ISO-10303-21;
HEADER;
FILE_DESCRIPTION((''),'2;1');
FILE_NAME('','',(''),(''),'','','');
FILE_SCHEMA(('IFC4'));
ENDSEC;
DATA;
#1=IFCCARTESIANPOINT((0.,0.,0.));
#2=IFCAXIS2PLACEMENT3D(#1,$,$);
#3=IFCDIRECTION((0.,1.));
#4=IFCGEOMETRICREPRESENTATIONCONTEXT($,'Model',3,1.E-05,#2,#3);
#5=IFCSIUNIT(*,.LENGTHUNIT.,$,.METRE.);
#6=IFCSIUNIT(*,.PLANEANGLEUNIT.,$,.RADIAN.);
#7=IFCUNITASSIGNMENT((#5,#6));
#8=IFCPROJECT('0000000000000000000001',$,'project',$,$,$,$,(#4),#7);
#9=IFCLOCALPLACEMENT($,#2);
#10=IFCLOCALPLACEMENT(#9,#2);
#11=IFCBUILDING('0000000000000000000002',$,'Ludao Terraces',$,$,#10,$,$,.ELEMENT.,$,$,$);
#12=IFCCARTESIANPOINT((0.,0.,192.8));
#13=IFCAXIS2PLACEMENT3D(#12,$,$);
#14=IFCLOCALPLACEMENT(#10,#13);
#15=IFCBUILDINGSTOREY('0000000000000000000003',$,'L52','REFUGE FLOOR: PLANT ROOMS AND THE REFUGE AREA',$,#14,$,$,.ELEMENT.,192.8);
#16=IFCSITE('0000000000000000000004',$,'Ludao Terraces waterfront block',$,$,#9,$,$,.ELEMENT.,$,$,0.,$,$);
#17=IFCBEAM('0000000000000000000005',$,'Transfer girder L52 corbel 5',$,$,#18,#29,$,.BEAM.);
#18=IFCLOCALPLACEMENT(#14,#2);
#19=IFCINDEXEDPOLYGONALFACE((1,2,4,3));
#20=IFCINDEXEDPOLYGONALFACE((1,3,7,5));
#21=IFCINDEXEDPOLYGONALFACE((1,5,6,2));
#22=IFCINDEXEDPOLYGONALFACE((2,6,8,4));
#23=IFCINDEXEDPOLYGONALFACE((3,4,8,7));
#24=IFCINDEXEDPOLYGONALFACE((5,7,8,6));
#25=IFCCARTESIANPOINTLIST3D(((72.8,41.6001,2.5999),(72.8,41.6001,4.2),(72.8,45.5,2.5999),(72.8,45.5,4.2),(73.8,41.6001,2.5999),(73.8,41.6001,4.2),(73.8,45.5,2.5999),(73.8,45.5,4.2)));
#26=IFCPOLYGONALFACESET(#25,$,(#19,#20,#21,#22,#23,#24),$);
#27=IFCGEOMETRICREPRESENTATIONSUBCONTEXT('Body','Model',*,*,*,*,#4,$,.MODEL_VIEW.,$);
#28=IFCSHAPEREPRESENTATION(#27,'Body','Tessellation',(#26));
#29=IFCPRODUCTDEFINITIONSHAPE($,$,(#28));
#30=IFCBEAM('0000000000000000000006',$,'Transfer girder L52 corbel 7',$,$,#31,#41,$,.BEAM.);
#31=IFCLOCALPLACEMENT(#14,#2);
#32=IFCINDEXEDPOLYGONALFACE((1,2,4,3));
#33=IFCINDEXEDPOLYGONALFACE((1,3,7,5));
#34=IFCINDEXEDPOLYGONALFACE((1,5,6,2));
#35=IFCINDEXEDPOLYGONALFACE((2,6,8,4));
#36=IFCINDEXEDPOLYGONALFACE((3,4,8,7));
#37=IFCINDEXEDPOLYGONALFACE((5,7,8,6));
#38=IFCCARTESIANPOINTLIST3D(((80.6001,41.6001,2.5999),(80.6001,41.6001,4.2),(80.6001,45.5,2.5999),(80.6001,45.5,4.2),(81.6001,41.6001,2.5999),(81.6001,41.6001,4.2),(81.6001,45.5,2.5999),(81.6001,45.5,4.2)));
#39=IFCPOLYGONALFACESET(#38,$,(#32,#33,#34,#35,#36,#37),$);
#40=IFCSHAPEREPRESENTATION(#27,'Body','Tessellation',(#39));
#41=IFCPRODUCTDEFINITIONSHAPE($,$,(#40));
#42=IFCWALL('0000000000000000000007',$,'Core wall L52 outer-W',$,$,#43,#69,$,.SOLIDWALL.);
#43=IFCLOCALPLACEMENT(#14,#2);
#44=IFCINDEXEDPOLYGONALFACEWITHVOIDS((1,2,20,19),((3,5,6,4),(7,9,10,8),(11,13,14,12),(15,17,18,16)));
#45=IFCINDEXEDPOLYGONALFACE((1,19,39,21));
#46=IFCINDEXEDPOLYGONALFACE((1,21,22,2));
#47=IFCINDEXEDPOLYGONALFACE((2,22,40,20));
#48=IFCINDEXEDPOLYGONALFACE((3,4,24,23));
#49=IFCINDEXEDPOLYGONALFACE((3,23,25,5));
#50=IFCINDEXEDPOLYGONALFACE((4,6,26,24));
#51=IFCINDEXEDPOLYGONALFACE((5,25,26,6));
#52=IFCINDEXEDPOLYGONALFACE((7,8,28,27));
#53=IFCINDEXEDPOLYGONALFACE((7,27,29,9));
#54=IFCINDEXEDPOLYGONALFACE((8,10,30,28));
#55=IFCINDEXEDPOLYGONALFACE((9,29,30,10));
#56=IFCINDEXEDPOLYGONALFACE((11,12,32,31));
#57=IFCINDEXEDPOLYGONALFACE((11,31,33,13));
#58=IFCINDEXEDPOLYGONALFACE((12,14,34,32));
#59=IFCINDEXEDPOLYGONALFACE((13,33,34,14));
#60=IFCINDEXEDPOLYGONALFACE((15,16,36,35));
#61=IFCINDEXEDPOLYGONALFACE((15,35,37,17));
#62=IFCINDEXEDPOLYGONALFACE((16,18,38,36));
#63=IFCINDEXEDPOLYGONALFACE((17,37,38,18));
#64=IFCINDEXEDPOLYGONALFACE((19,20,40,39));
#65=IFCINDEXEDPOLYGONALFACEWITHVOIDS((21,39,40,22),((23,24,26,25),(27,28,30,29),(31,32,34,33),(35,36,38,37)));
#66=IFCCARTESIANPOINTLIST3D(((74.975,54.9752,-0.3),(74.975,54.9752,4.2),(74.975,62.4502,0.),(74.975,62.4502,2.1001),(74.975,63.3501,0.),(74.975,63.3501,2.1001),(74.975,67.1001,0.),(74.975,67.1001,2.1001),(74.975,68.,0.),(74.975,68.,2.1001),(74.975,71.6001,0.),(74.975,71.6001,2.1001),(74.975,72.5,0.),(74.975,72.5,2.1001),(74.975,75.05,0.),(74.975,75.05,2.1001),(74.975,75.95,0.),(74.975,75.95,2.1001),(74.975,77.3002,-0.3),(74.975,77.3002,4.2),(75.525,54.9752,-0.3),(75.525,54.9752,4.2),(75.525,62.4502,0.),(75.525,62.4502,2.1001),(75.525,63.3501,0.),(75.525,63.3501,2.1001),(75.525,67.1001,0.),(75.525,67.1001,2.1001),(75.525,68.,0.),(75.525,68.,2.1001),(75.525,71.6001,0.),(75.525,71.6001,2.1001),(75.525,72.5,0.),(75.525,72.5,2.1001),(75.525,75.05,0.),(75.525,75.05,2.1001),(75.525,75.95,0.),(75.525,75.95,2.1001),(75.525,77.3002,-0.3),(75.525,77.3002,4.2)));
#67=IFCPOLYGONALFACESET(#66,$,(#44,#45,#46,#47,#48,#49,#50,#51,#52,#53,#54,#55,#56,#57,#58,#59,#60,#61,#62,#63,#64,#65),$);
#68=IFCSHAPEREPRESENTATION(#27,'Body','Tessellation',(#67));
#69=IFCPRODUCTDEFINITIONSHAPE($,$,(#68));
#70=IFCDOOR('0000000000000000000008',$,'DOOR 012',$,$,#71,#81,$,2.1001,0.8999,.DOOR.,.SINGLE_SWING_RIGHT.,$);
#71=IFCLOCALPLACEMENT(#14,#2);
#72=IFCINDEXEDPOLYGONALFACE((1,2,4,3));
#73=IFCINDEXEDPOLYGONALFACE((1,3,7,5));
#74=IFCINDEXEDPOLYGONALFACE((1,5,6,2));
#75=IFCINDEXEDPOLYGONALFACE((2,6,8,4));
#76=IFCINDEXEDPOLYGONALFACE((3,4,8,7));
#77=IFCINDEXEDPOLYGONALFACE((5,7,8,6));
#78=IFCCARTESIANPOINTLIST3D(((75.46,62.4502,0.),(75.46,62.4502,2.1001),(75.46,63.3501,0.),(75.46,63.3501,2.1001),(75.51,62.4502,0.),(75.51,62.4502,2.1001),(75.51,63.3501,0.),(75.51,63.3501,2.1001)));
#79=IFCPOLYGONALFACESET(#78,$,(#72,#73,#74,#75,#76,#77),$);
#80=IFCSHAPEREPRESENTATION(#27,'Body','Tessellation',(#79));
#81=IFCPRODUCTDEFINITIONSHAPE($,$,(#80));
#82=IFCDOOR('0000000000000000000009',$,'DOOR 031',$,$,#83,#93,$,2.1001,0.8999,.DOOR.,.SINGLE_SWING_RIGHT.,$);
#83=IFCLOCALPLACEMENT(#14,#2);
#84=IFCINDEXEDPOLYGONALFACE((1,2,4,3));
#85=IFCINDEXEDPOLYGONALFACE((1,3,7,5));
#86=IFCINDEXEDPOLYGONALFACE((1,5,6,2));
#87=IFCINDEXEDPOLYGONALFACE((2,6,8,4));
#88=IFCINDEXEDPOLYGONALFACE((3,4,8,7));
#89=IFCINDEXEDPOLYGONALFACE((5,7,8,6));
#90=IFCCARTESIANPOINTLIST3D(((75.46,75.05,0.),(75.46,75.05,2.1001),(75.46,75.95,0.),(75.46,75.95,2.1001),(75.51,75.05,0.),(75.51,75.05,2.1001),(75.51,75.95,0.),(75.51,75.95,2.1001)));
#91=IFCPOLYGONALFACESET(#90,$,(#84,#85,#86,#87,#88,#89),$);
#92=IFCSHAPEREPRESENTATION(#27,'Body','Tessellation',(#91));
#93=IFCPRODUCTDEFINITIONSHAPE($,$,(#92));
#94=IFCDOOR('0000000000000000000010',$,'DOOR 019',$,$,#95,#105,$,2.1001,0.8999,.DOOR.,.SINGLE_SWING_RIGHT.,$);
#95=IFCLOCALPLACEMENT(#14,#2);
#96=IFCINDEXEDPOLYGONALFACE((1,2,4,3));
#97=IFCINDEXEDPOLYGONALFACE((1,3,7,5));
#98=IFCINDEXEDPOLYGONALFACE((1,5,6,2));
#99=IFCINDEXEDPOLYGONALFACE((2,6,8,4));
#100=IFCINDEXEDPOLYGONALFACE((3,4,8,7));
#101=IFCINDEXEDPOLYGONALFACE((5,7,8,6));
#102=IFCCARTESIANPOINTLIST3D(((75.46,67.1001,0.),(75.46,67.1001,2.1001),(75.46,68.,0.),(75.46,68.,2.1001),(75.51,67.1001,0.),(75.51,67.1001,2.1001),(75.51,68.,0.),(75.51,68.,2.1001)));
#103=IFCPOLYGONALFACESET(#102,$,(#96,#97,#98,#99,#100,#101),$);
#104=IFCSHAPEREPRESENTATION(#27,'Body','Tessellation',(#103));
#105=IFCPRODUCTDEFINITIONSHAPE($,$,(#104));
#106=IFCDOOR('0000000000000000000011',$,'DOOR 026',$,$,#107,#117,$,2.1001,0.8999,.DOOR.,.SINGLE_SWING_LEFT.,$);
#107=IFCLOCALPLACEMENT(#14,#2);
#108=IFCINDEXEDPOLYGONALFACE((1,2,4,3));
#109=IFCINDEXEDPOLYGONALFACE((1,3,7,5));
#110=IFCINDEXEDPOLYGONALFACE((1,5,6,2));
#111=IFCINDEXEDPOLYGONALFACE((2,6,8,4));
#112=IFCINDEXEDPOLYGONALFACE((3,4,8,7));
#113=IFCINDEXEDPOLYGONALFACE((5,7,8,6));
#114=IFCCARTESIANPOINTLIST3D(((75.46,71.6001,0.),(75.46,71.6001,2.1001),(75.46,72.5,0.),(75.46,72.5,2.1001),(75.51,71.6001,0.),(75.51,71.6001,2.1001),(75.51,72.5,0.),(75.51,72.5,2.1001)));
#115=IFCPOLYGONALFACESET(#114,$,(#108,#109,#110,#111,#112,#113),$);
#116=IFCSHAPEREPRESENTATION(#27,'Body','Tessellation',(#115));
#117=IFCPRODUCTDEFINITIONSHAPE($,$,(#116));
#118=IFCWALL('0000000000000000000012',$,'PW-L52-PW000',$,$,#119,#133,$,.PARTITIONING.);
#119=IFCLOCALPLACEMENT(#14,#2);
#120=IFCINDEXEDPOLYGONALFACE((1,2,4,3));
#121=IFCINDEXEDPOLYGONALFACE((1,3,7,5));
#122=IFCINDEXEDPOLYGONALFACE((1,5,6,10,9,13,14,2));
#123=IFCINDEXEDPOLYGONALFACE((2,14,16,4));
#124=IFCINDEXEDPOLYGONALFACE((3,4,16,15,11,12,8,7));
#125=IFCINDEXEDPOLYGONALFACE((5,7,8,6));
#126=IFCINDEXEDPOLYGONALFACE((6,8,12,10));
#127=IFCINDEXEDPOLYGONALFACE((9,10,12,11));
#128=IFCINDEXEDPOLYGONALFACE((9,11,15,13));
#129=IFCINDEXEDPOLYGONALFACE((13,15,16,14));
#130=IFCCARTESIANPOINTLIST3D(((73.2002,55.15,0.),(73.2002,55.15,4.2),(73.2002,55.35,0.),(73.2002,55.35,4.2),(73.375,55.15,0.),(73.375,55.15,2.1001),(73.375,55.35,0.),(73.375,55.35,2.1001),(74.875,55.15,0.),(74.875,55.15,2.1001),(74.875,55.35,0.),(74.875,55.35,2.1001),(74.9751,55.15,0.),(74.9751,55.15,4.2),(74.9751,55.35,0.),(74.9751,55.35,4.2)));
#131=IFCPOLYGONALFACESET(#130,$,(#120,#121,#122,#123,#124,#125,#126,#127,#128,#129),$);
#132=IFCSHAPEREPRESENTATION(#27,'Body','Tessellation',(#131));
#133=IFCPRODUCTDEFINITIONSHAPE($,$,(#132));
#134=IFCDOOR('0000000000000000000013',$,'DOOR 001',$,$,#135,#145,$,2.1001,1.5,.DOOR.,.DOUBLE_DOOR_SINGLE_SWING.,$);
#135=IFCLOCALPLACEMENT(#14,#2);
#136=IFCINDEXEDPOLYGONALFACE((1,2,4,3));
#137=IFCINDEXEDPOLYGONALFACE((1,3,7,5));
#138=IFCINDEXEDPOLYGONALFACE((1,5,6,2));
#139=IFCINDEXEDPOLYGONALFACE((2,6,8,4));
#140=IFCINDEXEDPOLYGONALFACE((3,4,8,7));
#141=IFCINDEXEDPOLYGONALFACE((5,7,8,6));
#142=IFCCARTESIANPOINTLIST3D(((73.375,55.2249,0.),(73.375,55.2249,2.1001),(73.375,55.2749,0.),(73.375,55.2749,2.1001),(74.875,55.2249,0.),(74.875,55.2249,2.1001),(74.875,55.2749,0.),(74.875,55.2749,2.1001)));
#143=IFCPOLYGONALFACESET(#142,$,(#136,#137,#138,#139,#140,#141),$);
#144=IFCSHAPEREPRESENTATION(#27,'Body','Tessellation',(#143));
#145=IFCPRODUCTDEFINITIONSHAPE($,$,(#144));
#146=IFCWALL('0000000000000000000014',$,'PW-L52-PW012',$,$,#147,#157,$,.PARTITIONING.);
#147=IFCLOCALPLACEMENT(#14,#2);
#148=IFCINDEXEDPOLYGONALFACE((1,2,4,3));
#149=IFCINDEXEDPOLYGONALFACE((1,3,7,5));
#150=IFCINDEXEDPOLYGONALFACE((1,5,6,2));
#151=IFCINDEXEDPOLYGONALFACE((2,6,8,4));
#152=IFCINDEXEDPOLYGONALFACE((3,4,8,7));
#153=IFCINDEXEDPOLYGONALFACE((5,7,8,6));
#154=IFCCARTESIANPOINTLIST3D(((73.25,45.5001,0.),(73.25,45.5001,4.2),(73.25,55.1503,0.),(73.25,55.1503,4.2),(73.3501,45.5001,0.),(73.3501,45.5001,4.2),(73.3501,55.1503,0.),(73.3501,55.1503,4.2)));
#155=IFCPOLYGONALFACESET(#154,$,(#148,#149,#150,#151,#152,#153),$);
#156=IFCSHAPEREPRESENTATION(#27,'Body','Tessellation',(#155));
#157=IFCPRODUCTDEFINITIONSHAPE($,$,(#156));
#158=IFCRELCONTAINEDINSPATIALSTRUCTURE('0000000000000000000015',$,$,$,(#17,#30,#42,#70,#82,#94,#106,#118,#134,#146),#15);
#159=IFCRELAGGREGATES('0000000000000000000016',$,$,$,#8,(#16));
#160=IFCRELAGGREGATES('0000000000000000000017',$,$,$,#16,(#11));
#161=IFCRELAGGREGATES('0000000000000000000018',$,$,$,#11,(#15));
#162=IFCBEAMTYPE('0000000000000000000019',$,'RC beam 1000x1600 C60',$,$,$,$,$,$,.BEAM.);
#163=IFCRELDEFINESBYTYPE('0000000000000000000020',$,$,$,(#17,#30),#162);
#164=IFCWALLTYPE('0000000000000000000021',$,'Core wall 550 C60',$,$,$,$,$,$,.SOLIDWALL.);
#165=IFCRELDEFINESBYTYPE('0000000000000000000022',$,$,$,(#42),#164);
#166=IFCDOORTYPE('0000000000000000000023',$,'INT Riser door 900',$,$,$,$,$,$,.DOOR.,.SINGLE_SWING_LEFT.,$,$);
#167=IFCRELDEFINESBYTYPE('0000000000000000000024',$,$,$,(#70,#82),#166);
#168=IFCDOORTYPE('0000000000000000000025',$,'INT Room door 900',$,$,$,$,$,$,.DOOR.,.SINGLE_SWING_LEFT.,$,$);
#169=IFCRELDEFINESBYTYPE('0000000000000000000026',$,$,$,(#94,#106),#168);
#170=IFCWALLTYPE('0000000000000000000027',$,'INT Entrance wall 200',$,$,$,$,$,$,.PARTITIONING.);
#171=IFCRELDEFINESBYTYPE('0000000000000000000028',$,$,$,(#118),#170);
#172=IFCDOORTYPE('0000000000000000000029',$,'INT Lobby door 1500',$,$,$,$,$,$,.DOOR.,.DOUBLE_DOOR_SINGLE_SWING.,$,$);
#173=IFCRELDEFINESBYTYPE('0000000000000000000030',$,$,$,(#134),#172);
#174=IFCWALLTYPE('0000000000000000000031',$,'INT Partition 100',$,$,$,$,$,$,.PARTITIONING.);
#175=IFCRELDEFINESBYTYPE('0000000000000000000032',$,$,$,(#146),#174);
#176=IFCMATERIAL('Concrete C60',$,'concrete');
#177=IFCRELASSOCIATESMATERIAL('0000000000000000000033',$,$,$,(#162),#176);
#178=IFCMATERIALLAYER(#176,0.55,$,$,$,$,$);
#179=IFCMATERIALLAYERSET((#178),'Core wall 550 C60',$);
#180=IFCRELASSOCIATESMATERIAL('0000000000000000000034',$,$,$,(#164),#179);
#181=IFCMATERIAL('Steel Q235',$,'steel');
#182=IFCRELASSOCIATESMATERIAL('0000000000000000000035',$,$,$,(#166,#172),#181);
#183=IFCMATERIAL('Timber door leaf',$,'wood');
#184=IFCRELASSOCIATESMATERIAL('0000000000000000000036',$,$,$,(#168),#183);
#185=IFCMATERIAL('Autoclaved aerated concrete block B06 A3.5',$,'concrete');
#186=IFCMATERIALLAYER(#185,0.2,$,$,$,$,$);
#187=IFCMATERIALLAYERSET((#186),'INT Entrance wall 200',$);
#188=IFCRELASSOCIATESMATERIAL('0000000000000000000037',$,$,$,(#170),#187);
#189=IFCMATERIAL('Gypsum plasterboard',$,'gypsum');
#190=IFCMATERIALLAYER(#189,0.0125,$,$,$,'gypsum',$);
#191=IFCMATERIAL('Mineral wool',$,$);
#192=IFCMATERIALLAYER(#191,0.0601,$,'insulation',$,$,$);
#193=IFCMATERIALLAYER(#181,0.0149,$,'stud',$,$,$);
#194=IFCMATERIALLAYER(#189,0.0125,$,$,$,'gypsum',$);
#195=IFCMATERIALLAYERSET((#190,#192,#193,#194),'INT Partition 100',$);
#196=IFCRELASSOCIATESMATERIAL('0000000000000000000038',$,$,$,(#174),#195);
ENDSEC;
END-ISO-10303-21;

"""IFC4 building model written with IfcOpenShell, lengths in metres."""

from ifc_helpers import new_model, si_unit, direction, frame, frame_2d, origin, origin_2d, place, context, subcontext, project, spatial, rectangle, extrude, material, layer, layer_set, material_profile, profile_set, type_object, element, fill, save


model = new_model("IFC4")

# Units and contexts
model_context = context("Model", 3, precision=1e-05, world=origin(), true_north=direction((0.0, 1.0)))
body_context = subcontext(model_context, "Body", "Model", "MODEL_VIEW")
ifc_project = project(units=[si_unit("LENGTHUNIT", "METRE"), si_unit("PLANEANGLEUNIT", "RADIAN")], contexts=[model_context])

# Site, building, storey
site_placement = place(None, origin())
site = spatial("IfcSite", under=ifc_project, at=site_placement, Name="Ludao Terraces waterfront block", CompositionType="ELEMENT", RefElevation=0.0)
building_placement = place(site_placement, origin())
building = spatial("IfcBuilding", under=site, at=building_placement, Name="Ludao Terraces", CompositionType="ELEMENT")
storey_placement = place(building_placement, frame((0.0, 0.0, 192.8)))
storey = spatial("IfcBuildingStorey", under=building, at=storey_placement, Name="L52", Description="REFUGE FLOOR: PLANT ROOMS AND THE REFUGE AREA", CompositionType="ELEMENT", Elevation=192.8)

# Beams
ifc_material_1 = material(Name="Concrete C60", Category="concrete")
ifc_material_profile_1 = material_profile(ifc_material_1, rectangle(XDim=1.0, YDim=1.6001, at=origin_2d()), Name="1000 X 1600")
ifc_profile_set_1 = profile_set([ifc_material_profile_1], Name="Concrete C60")
beam_type = type_object("IfcBeamType", Name="RC beam 1000x1600 C60", PredefinedType="BEAM", material=ifc_profile_set_1)
for number, where, z_axis, x_axis, name in (
    (1, (73.3, 41.6001, 3.3999), (0.0, 1.0, 0.0), (-1.0, 0.0, 0.0), "Transfer girder L52 corbel 5"),
    (2, (81.1001, 41.6001, 3.3999), (0.0, 1.0, 0.0), (-1.0, 0.0, 0.0), "Transfer girder L52 corbel 7"),
):
    element("IfcBeam", number, at=place(storey_placement, frame(where, z_axis=z_axis, x_axis=x_axis)), inside=storey, type_object=beam_type, Name=name, PredefinedType="BEAM", context=body_context, shape_type="SweptSolid", body=[
        extrude(rectangle(XDim=1.0, YDim=1.6001, at=origin_2d()), origin(), (0.0, 0.0, 1.0), 3.8999),
    ])

# Wall, openings, doors
ifc_layer_1 = layer(ifc_material_1, 0.55)
ifc_layer_set_1 = layer_set([ifc_layer_1], Name="Core wall 550 C60")
wall_type_1 = type_object("IfcWallType", Name="Core wall 550 C60", PredefinedType="SOLIDWALL", material=ifc_layer_set_1)
wall_1_placement = place(storey_placement, frame((75.25, 54.9751, -0.3), z_axis=(0.0, 0.0, 1.0), x_axis=(0.0, 1.0, 0.0)))
wall_1 = element("IfcWall", 3, at=wall_1_placement, inside=storey, type_object=wall_type_1, Name="Core wall L52 outer-W", PredefinedType="SOLIDWALL", context=body_context, shape_type="SweptSolid", body=[
    extrude(rectangle(XDim=22.325, YDim=0.55, at=frame_2d((11.1626, 0.0))), origin(), (0.0, 0.0, 1.0), 4.5),
])
opening_1_placement = place(wall_1_placement, frame((7.4751, 0.0, 0.3)))
opening_1 = element("IfcOpeningElement", 4, at=opening_1_placement, cuts=wall_1, PredefinedType="OPENING", context=body_context, shape_type="SweptSolid", body=[
    extrude(rectangle(XDim=0.8999, YDim=2.1001, at=frame_2d((0.45, 1.05))), frame((0.0, 0.2852, 0.0), z_axis=(0.0, -1.0, 0.0), x_axis=(1.0, 0.0, 0.0)), (0.0, 0.0, 1.0), 0.5701),
])
opening_2_placement = place(wall_1_placement, frame((12.125, 0.0, 0.3)))
opening_2 = element("IfcOpeningElement", 5, at=opening_2_placement, cuts=wall_1, PredefinedType="OPENING", context=body_context, shape_type="SweptSolid", body=[
    extrude(rectangle(XDim=0.8999, YDim=2.1001, at=frame_2d((0.45, 1.05))), frame((0.0, 0.2852, 0.0), z_axis=(0.0, -1.0, 0.0), x_axis=(1.0, 0.0, 0.0)), (0.0, 0.0, 1.0), 0.5701),
])
opening_3_placement = place(wall_1_placement, frame((16.625, 0.0, 0.3)))
opening_3 = element("IfcOpeningElement", 6, at=opening_3_placement, cuts=wall_1, PredefinedType="OPENING", context=body_context, shape_type="SweptSolid", body=[
    extrude(rectangle(XDim=0.8999, YDim=2.1001, at=frame_2d((0.45, 1.05))), frame((0.0, 0.2852, 0.0), z_axis=(0.0, -1.0, 0.0), x_axis=(1.0, 0.0, 0.0)), (0.0, 0.0, 1.0), 0.5701),
])
opening_4_placement = place(wall_1_placement, frame((20.075, 0.0, 0.3)))
opening_4 = element("IfcOpeningElement", 7, at=opening_4_placement, cuts=wall_1, PredefinedType="OPENING", context=body_context, shape_type="SweptSolid", body=[
    extrude(rectangle(XDim=0.8999, YDim=2.1001, at=frame_2d((0.45, 1.05))), frame((0.0, 0.2852, 0.0), z_axis=(0.0, -1.0, 0.0), x_axis=(1.0, 0.0, 0.0)), (0.0, 0.0, 1.0), 0.5701),
])
ifc_material_2 = material(Name="Steel Q235", Category="steel")
door_type_1 = type_object("IfcDoorType", Name="INT Riser door 900", OperationType="SINGLE_SWING_LEFT", PredefinedType="DOOR", material=ifc_material_2)
door_1_placement = place(opening_1_placement, origin())
door_1 = element("IfcDoor", 8, at=door_1_placement, inside=storey, type_object=door_type_1, Name="DOOR 012", OperationType="SINGLE_SWING_RIGHT", OverallHeight=2.1001, OverallWidth=0.8999, PredefinedType="DOOR", context=body_context, shape_type="SweptSolid", body=[
    extrude(rectangle(XDim=0.8999, YDim=2.1001, at=frame_2d((0.45, 1.05))), frame((0.0, -0.21, 0.0), z_axis=(0.0, -1.0, 0.0), x_axis=(1.0, 0.0, 0.0)), (0.0, 0.0, 1.0), 0.05),
])
fill(opening_1, door_1)
door_2_placement = place(opening_4_placement, origin())
door_2 = element("IfcDoor", 9, at=door_2_placement, inside=storey, type_object=door_type_1, Name="DOOR 031", OperationType="SINGLE_SWING_RIGHT", OverallHeight=2.1001, OverallWidth=0.8999, PredefinedType="DOOR", context=body_context, shape_type="SweptSolid", body=[
    extrude(rectangle(XDim=0.8999, YDim=2.1001, at=frame_2d((0.45, 1.05))), frame((0.0, -0.21, 0.0), z_axis=(0.0, -1.0, 0.0), x_axis=(1.0, 0.0, 0.0)), (0.0, 0.0, 1.0), 0.05),
])
fill(opening_4, door_2)
ifc_material_3 = material(Name="Timber door leaf", Category="wood")
door_type_2 = type_object("IfcDoorType", Name="INT Room door 900", OperationType="SINGLE_SWING_LEFT", PredefinedType="DOOR", material=ifc_material_3)
door_3_placement = place(opening_2_placement, origin())
door_3 = element("IfcDoor", 10, at=door_3_placement, inside=storey, type_object=door_type_2, Name="DOOR 019", OperationType="SINGLE_SWING_RIGHT", OverallHeight=2.1001, OverallWidth=0.8999, PredefinedType="DOOR", context=body_context, shape_type="SweptSolid", body=[
    extrude(rectangle(XDim=0.8999, YDim=2.1001, at=frame_2d((0.45, 1.05))), frame((0.0, -0.21, 0.0), z_axis=(0.0, -1.0, 0.0), x_axis=(1.0, 0.0, 0.0)), (0.0, 0.0, 1.0), 0.05),
])
fill(opening_2, door_3)
door_4_placement = place(opening_3_placement, origin())
door_4 = element("IfcDoor", 11, at=door_4_placement, inside=storey, type_object=door_type_2, Name="DOOR 026", OperationType="SINGLE_SWING_LEFT", OverallHeight=2.1001, OverallWidth=0.8999, PredefinedType="DOOR", context=body_context, shape_type="SweptSolid", body=[
    extrude(rectangle(XDim=0.8999, YDim=2.1001, at=frame_2d((0.45, 1.05))), frame((0.0, -0.21, 0.0), z_axis=(0.0, -1.0, 0.0), x_axis=(1.0, 0.0, 0.0)), (0.0, 0.0, 1.0), 0.05),
])
fill(opening_3, door_4)

# Wall, opening, door
ifc_material_4 = material(Name="Autoclaved aerated concrete block B06 A3.5", Category="concrete")
ifc_layer_2 = layer(ifc_material_4, 0.2)
ifc_layer_set_2 = layer_set([ifc_layer_2], Name="INT Entrance wall 200")
wall_type_2 = type_object("IfcWallType", Name="INT Entrance wall 200", PredefinedType="PARTITIONING", material=ifc_layer_set_2)
wall_2_placement = place(storey_placement, frame((73.2002, 55.25, 0.0), z_axis=(0.0, 0.0, 1.0), x_axis=(1.0, 0.0, 0.0)))
wall_2 = element("IfcWall", 12, at=wall_2_placement, inside=storey, type_object=wall_type_2, Name="PW-L52-PW000", PredefinedType="PARTITIONING", context=body_context, shape_type="SweptSolid", body=[
    extrude(rectangle(XDim=1.7749, YDim=0.2, at=frame_2d((0.8875, 0.0))), origin(), (0.0, 0.0, 1.0), 4.2),
])
opening_5_placement = place(wall_2_placement, frame((0.1748, 0.0, 0.0)))
opening_5 = element("IfcOpeningElement", 13, at=opening_5_placement, cuts=wall_2, PredefinedType="OPENING", context=body_context, shape_type="SweptSolid", body=[
    extrude(rectangle(XDim=1.5, YDim=2.1001, at=frame_2d((0.75, 1.05))), frame((0.0, 0.1099, 0.0), z_axis=(0.0, -1.0, 0.0), x_axis=(1.0, 0.0, 0.0)), (0.0, 0.0, 1.0), 0.22),
])
door_type_3 = type_object("IfcDoorType", Name="INT Lobby door 1500", OperationType="DOUBLE_DOOR_SINGLE_SWING", PredefinedType="DOOR", material=ifc_material_2)
door_5_placement = place(opening_5_placement, origin())
door_5 = element("IfcDoor", 14, at=door_5_placement, inside=storey, type_object=door_type_3, Name="DOOR 001", OperationType="DOUBLE_DOOR_SINGLE_SWING", OverallHeight=2.1001, OverallWidth=1.5, PredefinedType="DOOR", context=body_context, shape_type="SweptSolid", body=[
    extrude(rectangle(XDim=1.5, YDim=2.1001, at=frame_2d((0.75, 1.05))), frame((0.0, 0.0249, 0.0), z_axis=(0.0, -1.0, 0.0), x_axis=(1.0, 0.0, 0.0)), (0.0, 0.0, 1.0), 0.05),
])
fill(opening_5, door_5)

# Wall
ifc_material_5 = material(Name="Gypsum plasterboard", Category="gypsum")
ifc_layer_3 = layer(ifc_material_5, 0.0125, Category="gypsum")
ifc_material_6 = material(Name="Mineral wool")
ifc_layer_4 = layer(ifc_material_6, 0.0601, Name="insulation")
ifc_layer_5 = layer(ifc_material_2, 0.0149, Name="stud")
ifc_layer_6 = layer(ifc_material_5, 0.0125, Category="gypsum")
ifc_layer_set_3 = layer_set([ifc_layer_3, ifc_layer_4, ifc_layer_5, ifc_layer_6], Name="INT Partition 100")
wall_type_3 = type_object("IfcWallType", Name="INT Partition 100", PredefinedType="PARTITIONING", material=ifc_layer_set_3)
wall_3_placement = place(storey_placement, frame((73.3, 45.5, 0.0), z_axis=(0.0, 0.0, 1.0), x_axis=(0.0, 1.0, 0.0)))
element("IfcWall", 15, at=wall_3_placement, inside=storey, type_object=wall_type_3, Name="PW-L52-PW012", PredefinedType="PARTITIONING", context=body_context, shape_type="SweptSolid", body=[
    extrude(rectangle(XDim=9.6501, YDim=0.1001, at=frame_2d((4.8252, 0.0))), origin(), (0.0, 0.0, 1.0), 4.2),
])

save(model, "model.ifc")
